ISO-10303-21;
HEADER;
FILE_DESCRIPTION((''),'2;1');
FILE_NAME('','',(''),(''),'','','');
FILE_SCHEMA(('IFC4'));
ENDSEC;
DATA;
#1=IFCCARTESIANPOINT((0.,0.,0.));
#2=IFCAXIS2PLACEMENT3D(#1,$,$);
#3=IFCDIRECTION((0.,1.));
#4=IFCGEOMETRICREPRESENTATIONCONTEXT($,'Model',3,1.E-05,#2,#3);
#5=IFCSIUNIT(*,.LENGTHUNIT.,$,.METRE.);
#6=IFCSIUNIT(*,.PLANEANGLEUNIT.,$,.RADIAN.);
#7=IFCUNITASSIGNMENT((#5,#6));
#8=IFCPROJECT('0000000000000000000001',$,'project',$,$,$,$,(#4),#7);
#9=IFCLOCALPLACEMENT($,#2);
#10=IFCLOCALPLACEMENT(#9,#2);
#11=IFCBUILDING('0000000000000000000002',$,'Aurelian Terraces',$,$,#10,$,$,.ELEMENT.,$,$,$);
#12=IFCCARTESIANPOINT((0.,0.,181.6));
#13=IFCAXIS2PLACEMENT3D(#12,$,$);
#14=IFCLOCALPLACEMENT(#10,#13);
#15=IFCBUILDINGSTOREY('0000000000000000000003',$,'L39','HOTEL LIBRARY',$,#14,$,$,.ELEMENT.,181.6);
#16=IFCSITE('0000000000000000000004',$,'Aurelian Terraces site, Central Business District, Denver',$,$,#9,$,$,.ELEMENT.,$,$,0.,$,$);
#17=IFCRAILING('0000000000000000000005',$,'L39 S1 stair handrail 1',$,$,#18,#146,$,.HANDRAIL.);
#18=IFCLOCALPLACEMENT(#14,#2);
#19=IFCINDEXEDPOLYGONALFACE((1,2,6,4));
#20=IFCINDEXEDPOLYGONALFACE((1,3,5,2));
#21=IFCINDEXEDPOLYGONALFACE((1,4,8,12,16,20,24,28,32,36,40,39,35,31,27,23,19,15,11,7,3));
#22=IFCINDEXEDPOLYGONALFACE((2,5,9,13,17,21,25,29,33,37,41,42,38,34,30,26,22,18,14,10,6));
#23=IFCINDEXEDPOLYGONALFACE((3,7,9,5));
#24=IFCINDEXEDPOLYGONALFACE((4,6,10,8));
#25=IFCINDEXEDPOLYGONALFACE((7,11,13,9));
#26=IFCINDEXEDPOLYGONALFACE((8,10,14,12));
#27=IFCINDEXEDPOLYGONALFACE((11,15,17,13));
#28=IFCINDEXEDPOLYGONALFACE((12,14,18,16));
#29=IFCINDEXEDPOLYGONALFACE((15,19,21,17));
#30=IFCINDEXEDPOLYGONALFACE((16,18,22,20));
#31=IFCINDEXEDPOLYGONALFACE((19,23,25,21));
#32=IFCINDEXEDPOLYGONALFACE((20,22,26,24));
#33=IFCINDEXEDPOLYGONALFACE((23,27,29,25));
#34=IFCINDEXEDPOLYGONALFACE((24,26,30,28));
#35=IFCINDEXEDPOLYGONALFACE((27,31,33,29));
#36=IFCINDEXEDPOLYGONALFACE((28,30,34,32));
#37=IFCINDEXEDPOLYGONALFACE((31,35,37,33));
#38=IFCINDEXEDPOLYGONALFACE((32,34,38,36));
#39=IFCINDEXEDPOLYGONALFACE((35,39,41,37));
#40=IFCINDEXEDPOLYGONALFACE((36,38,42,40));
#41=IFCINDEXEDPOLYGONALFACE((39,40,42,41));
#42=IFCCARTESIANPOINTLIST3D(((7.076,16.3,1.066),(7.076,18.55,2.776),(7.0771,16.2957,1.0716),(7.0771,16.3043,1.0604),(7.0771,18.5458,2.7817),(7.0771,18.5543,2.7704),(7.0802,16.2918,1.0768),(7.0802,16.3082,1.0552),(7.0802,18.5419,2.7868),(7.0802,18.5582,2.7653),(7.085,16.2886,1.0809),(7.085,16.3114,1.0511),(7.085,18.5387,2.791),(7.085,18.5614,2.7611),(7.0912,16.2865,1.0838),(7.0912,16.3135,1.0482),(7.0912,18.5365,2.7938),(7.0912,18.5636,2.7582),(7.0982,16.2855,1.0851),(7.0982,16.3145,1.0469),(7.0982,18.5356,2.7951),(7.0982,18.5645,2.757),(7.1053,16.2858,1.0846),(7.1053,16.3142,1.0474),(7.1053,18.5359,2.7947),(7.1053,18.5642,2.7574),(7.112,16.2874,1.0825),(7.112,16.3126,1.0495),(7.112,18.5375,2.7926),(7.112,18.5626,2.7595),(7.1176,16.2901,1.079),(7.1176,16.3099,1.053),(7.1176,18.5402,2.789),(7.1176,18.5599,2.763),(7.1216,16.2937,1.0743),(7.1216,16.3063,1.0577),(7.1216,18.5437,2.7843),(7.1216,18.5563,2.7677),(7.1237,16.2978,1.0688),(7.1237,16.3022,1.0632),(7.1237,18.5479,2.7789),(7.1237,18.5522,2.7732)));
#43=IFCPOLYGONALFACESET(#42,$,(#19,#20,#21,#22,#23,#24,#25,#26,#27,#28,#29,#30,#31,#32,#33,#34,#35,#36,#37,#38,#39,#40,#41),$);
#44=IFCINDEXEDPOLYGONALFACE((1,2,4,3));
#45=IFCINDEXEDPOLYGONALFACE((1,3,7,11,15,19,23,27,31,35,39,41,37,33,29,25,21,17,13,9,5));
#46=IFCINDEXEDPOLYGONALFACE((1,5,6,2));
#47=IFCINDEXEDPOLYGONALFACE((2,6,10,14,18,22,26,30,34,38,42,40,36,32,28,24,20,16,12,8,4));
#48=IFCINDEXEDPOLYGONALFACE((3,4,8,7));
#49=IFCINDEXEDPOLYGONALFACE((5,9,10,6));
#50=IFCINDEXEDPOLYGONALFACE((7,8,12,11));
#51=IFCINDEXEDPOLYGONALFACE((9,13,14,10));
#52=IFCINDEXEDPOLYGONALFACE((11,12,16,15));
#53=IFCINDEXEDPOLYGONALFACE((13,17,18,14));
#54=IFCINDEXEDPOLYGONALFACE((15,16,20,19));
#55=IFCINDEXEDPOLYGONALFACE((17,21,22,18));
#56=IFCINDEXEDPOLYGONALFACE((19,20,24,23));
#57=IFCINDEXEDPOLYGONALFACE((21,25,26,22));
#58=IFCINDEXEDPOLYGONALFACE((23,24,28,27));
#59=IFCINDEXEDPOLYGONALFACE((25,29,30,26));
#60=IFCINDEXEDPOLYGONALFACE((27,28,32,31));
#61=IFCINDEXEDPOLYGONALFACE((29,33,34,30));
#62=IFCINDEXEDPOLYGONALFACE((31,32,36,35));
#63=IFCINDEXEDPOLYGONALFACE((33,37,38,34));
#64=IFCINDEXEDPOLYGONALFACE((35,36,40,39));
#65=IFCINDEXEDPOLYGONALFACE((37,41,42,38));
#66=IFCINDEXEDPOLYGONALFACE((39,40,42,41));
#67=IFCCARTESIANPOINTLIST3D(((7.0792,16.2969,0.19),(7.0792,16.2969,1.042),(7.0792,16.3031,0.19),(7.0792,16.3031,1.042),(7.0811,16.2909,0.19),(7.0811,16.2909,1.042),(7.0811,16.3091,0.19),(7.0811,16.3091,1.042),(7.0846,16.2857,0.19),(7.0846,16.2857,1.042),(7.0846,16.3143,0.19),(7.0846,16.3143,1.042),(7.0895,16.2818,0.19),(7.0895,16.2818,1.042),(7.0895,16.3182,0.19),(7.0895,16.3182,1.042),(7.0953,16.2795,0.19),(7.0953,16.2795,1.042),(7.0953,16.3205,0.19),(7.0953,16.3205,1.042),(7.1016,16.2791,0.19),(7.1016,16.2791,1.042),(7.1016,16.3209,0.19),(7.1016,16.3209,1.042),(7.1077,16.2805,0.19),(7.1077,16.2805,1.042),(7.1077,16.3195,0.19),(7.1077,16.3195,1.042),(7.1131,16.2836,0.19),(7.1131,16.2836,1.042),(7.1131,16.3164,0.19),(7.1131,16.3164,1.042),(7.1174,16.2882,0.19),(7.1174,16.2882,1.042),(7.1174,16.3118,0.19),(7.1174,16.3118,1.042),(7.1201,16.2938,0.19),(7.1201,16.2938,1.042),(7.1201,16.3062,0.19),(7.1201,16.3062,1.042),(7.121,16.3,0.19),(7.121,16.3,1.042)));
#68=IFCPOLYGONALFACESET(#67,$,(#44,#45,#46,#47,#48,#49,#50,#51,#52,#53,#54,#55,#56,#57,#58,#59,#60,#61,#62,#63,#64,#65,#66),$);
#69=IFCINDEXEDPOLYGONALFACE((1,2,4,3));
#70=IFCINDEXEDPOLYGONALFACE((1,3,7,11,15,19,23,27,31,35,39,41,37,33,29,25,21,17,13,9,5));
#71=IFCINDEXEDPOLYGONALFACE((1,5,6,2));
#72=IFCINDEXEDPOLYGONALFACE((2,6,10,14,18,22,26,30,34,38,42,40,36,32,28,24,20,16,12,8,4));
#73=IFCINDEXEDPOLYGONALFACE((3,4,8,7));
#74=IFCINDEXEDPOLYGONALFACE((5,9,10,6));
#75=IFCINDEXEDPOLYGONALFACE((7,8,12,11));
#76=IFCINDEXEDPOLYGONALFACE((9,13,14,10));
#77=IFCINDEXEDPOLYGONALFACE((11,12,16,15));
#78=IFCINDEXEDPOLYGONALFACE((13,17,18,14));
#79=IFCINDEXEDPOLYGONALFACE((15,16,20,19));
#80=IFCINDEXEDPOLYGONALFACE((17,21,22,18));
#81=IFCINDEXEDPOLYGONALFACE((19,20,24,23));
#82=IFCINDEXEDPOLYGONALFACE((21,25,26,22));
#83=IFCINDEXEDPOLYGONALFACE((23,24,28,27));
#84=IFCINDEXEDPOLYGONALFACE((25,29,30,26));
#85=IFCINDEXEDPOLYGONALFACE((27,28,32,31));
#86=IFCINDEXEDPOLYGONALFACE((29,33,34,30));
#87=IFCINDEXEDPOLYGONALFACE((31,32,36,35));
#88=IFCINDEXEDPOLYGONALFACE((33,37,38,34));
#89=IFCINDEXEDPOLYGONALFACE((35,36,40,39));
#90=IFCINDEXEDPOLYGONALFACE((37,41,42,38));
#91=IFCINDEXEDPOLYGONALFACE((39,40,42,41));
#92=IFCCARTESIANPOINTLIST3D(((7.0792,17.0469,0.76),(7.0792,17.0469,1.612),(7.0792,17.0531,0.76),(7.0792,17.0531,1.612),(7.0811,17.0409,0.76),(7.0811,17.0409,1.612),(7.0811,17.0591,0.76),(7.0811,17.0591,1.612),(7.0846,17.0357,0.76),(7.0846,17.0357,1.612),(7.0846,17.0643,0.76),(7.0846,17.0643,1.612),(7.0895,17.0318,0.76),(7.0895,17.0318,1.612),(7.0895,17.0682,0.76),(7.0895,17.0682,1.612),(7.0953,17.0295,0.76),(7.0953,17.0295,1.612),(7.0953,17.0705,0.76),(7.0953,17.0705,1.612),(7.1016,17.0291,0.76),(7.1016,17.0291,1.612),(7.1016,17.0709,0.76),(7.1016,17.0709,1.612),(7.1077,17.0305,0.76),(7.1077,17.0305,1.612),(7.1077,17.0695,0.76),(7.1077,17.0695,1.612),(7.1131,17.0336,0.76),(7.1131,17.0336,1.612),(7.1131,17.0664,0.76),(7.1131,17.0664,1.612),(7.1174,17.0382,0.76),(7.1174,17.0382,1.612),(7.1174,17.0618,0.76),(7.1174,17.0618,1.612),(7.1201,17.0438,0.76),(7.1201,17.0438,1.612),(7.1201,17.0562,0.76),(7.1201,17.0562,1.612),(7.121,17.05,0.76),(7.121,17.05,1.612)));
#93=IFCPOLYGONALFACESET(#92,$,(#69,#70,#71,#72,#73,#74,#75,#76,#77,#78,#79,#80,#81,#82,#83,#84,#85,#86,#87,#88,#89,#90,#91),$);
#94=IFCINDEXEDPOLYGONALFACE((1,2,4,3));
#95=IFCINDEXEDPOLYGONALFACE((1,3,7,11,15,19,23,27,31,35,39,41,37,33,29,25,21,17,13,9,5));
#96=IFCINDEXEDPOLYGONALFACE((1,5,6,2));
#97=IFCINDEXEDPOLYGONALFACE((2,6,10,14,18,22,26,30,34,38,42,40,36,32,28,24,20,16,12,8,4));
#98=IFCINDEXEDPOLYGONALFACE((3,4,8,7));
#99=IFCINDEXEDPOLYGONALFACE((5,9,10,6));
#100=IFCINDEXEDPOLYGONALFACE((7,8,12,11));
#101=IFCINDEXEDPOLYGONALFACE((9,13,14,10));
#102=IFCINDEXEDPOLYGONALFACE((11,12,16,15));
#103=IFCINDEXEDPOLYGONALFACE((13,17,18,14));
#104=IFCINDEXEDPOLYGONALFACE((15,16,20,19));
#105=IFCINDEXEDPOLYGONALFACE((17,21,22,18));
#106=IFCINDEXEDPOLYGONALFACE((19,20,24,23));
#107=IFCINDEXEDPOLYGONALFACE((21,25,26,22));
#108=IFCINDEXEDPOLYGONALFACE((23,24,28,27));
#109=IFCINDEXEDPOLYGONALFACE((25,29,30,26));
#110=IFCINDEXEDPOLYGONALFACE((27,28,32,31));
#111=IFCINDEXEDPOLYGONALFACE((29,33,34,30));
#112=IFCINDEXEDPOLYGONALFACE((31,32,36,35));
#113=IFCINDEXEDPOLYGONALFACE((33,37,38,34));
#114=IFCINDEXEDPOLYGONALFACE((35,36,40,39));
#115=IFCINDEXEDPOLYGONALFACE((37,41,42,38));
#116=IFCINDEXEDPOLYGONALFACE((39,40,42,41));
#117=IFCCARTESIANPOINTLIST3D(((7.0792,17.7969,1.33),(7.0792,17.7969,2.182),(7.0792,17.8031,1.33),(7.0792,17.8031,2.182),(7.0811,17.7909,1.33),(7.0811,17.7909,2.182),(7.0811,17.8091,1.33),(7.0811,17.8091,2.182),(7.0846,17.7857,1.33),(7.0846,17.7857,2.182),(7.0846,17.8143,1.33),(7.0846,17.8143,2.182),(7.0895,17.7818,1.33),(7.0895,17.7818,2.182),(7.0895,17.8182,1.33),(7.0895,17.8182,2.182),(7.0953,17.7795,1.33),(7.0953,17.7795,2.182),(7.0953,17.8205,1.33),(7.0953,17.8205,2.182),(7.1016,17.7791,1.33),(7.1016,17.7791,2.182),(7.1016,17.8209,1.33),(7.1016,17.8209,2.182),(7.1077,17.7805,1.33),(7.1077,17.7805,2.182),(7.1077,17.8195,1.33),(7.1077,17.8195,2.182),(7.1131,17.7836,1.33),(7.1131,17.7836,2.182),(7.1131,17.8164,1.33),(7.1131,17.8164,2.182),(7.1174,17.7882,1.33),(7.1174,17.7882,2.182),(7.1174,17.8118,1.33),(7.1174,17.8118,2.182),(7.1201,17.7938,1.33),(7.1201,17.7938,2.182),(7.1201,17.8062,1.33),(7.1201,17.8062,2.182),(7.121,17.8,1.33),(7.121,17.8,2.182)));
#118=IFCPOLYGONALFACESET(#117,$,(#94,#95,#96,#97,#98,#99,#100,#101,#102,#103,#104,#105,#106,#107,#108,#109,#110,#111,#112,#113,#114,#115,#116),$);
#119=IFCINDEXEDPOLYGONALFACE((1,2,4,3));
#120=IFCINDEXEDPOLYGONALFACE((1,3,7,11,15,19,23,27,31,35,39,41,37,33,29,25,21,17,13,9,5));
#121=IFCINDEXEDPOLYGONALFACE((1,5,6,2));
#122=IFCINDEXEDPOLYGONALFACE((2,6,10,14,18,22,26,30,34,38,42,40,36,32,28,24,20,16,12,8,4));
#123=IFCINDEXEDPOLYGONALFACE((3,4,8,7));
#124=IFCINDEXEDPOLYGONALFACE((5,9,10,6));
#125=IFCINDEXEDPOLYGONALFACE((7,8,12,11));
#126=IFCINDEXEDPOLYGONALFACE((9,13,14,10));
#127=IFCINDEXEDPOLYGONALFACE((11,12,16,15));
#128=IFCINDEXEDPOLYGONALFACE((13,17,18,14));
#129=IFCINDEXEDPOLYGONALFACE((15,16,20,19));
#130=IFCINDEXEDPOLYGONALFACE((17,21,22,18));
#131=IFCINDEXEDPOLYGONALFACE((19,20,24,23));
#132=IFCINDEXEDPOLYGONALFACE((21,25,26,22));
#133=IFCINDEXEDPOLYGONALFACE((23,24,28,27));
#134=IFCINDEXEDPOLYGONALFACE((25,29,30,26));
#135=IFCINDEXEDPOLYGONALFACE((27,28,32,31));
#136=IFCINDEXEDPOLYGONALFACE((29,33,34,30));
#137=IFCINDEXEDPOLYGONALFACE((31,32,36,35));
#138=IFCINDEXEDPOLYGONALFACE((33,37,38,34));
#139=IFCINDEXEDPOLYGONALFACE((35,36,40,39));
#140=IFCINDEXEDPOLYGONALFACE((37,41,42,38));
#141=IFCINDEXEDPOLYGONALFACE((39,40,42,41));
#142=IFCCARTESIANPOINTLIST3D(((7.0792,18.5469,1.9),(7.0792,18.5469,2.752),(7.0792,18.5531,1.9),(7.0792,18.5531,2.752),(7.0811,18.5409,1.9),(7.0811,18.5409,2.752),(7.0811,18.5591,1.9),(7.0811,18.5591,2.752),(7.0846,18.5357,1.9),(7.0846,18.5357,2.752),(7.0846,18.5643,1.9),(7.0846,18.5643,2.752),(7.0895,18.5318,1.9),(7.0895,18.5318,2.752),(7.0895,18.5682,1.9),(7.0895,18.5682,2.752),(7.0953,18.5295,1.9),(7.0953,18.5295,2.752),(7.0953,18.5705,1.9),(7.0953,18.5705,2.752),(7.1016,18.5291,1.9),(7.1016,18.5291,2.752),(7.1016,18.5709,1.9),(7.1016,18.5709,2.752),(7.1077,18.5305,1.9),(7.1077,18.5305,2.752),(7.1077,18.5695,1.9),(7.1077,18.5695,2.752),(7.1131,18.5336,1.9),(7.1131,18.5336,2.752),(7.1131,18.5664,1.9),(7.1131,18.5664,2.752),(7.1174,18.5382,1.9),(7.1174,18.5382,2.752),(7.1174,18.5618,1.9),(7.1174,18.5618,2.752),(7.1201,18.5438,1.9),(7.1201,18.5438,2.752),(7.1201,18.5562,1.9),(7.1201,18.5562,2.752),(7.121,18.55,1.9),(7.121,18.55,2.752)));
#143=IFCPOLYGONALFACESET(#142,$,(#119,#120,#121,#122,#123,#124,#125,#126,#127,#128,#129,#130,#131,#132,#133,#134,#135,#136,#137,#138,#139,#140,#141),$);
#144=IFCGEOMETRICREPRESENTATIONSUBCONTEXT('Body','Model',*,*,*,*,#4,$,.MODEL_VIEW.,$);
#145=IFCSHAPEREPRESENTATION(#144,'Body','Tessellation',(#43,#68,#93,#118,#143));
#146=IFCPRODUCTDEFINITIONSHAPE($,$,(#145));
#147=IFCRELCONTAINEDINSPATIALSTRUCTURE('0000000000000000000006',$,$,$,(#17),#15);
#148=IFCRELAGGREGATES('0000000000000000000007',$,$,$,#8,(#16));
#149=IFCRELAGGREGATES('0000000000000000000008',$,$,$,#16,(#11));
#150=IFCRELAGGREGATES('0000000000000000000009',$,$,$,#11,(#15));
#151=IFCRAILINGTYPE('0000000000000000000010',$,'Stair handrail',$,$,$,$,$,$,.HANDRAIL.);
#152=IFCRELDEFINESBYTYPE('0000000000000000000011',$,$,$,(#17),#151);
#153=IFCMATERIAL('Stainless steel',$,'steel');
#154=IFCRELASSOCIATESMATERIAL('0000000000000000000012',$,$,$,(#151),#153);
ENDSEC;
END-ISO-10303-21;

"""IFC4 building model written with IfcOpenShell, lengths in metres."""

from ifc_helpers import new_model, si_unit, direction, frame, origin, origin_2d, place, context, subcontext, project, spatial, circle, extrude, source, transform, mapped, material, type_object, element, save


model = new_model("IFC4")

# Units and contexts
model_context = context("Model", 3, precision=1e-05, world=origin(), true_north=direction((0.0, 1.0)))
body_context = subcontext(model_context, "Body", "Model", "MODEL_VIEW")
ifc_project = project(units=[si_unit("LENGTHUNIT", "METRE"), si_unit("PLANEANGLEUNIT", "RADIAN")], contexts=[model_context])

# Site, building, storey
site_placement = place(None, origin())
site = spatial("IfcSite", under=ifc_project, at=site_placement, Name="Aurelian Terraces site, Central Business District, Denver", CompositionType="ELEMENT", RefElevation=0.0)
building_placement = place(site_placement, origin())
building = spatial("IfcBuilding", under=site, at=building_placement, Name="Aurelian Terraces", CompositionType="ELEMENT")
storey_placement = place(building_placement, frame((0.0, 0.0, 181.6)))
storey = spatial("IfcBuildingStorey", under=building, at=storey_placement, Name="L39", Description="HOTEL LIBRARY", CompositionType="ELEMENT", Elevation=181.6)

# Shared definitions
ifc_material_1 = material(Name="Stainless steel", Category="steel")

# Railing
railing_type = type_object("IfcRailingType", Name="Stair handrail", PredefinedType="HANDRAIL", material=ifc_material_1)
shared_shape_1 = source(origin(), body_context, "Body", "SweptSolid", [
    extrude(circle(Radius=0.024, at=origin_2d()), frame((0.0, 0.0, 0.876), z_axis=(0.0, 0.796162, 0.605083), x_axis=(-1.0, 0.0, 0.0)), (0.0, 0.0, 1.0), 2.8261),
    extrude(circle(Radius=0.021, at=origin_2d()), origin(), (0.0, 0.0, 1.0), 0.852),
    extrude(circle(Radius=0.021, at=origin_2d()), frame((0.0, 0.75, 0.57)), (0.0, 0.0, 1.0), 0.852),
    extrude(circle(Radius=0.021, at=origin_2d()), frame((0.0, 1.5, 1.14)), (0.0, 0.0, 1.0), 0.852),
    extrude(circle(Radius=0.021, at=origin_2d()), frame((0.0, 2.25, 1.71)), (0.0, 0.0, 1.0), 0.852),
])
railing_placement = place(storey_placement, frame((7.1, 16.3, 0.19)))
element("IfcRailing", 1, at=railing_placement, inside=storey, type_object=railing_type, Name="L39 S1 stair handrail 1", PredefinedType="HANDRAIL", context=body_context, shape_type="MappedRepresentation", body=[
    mapped(shared_shape_1, transform((0.0, 0.0, 0.0), scale=1.0)),
])

save(model, "model.ifc")
